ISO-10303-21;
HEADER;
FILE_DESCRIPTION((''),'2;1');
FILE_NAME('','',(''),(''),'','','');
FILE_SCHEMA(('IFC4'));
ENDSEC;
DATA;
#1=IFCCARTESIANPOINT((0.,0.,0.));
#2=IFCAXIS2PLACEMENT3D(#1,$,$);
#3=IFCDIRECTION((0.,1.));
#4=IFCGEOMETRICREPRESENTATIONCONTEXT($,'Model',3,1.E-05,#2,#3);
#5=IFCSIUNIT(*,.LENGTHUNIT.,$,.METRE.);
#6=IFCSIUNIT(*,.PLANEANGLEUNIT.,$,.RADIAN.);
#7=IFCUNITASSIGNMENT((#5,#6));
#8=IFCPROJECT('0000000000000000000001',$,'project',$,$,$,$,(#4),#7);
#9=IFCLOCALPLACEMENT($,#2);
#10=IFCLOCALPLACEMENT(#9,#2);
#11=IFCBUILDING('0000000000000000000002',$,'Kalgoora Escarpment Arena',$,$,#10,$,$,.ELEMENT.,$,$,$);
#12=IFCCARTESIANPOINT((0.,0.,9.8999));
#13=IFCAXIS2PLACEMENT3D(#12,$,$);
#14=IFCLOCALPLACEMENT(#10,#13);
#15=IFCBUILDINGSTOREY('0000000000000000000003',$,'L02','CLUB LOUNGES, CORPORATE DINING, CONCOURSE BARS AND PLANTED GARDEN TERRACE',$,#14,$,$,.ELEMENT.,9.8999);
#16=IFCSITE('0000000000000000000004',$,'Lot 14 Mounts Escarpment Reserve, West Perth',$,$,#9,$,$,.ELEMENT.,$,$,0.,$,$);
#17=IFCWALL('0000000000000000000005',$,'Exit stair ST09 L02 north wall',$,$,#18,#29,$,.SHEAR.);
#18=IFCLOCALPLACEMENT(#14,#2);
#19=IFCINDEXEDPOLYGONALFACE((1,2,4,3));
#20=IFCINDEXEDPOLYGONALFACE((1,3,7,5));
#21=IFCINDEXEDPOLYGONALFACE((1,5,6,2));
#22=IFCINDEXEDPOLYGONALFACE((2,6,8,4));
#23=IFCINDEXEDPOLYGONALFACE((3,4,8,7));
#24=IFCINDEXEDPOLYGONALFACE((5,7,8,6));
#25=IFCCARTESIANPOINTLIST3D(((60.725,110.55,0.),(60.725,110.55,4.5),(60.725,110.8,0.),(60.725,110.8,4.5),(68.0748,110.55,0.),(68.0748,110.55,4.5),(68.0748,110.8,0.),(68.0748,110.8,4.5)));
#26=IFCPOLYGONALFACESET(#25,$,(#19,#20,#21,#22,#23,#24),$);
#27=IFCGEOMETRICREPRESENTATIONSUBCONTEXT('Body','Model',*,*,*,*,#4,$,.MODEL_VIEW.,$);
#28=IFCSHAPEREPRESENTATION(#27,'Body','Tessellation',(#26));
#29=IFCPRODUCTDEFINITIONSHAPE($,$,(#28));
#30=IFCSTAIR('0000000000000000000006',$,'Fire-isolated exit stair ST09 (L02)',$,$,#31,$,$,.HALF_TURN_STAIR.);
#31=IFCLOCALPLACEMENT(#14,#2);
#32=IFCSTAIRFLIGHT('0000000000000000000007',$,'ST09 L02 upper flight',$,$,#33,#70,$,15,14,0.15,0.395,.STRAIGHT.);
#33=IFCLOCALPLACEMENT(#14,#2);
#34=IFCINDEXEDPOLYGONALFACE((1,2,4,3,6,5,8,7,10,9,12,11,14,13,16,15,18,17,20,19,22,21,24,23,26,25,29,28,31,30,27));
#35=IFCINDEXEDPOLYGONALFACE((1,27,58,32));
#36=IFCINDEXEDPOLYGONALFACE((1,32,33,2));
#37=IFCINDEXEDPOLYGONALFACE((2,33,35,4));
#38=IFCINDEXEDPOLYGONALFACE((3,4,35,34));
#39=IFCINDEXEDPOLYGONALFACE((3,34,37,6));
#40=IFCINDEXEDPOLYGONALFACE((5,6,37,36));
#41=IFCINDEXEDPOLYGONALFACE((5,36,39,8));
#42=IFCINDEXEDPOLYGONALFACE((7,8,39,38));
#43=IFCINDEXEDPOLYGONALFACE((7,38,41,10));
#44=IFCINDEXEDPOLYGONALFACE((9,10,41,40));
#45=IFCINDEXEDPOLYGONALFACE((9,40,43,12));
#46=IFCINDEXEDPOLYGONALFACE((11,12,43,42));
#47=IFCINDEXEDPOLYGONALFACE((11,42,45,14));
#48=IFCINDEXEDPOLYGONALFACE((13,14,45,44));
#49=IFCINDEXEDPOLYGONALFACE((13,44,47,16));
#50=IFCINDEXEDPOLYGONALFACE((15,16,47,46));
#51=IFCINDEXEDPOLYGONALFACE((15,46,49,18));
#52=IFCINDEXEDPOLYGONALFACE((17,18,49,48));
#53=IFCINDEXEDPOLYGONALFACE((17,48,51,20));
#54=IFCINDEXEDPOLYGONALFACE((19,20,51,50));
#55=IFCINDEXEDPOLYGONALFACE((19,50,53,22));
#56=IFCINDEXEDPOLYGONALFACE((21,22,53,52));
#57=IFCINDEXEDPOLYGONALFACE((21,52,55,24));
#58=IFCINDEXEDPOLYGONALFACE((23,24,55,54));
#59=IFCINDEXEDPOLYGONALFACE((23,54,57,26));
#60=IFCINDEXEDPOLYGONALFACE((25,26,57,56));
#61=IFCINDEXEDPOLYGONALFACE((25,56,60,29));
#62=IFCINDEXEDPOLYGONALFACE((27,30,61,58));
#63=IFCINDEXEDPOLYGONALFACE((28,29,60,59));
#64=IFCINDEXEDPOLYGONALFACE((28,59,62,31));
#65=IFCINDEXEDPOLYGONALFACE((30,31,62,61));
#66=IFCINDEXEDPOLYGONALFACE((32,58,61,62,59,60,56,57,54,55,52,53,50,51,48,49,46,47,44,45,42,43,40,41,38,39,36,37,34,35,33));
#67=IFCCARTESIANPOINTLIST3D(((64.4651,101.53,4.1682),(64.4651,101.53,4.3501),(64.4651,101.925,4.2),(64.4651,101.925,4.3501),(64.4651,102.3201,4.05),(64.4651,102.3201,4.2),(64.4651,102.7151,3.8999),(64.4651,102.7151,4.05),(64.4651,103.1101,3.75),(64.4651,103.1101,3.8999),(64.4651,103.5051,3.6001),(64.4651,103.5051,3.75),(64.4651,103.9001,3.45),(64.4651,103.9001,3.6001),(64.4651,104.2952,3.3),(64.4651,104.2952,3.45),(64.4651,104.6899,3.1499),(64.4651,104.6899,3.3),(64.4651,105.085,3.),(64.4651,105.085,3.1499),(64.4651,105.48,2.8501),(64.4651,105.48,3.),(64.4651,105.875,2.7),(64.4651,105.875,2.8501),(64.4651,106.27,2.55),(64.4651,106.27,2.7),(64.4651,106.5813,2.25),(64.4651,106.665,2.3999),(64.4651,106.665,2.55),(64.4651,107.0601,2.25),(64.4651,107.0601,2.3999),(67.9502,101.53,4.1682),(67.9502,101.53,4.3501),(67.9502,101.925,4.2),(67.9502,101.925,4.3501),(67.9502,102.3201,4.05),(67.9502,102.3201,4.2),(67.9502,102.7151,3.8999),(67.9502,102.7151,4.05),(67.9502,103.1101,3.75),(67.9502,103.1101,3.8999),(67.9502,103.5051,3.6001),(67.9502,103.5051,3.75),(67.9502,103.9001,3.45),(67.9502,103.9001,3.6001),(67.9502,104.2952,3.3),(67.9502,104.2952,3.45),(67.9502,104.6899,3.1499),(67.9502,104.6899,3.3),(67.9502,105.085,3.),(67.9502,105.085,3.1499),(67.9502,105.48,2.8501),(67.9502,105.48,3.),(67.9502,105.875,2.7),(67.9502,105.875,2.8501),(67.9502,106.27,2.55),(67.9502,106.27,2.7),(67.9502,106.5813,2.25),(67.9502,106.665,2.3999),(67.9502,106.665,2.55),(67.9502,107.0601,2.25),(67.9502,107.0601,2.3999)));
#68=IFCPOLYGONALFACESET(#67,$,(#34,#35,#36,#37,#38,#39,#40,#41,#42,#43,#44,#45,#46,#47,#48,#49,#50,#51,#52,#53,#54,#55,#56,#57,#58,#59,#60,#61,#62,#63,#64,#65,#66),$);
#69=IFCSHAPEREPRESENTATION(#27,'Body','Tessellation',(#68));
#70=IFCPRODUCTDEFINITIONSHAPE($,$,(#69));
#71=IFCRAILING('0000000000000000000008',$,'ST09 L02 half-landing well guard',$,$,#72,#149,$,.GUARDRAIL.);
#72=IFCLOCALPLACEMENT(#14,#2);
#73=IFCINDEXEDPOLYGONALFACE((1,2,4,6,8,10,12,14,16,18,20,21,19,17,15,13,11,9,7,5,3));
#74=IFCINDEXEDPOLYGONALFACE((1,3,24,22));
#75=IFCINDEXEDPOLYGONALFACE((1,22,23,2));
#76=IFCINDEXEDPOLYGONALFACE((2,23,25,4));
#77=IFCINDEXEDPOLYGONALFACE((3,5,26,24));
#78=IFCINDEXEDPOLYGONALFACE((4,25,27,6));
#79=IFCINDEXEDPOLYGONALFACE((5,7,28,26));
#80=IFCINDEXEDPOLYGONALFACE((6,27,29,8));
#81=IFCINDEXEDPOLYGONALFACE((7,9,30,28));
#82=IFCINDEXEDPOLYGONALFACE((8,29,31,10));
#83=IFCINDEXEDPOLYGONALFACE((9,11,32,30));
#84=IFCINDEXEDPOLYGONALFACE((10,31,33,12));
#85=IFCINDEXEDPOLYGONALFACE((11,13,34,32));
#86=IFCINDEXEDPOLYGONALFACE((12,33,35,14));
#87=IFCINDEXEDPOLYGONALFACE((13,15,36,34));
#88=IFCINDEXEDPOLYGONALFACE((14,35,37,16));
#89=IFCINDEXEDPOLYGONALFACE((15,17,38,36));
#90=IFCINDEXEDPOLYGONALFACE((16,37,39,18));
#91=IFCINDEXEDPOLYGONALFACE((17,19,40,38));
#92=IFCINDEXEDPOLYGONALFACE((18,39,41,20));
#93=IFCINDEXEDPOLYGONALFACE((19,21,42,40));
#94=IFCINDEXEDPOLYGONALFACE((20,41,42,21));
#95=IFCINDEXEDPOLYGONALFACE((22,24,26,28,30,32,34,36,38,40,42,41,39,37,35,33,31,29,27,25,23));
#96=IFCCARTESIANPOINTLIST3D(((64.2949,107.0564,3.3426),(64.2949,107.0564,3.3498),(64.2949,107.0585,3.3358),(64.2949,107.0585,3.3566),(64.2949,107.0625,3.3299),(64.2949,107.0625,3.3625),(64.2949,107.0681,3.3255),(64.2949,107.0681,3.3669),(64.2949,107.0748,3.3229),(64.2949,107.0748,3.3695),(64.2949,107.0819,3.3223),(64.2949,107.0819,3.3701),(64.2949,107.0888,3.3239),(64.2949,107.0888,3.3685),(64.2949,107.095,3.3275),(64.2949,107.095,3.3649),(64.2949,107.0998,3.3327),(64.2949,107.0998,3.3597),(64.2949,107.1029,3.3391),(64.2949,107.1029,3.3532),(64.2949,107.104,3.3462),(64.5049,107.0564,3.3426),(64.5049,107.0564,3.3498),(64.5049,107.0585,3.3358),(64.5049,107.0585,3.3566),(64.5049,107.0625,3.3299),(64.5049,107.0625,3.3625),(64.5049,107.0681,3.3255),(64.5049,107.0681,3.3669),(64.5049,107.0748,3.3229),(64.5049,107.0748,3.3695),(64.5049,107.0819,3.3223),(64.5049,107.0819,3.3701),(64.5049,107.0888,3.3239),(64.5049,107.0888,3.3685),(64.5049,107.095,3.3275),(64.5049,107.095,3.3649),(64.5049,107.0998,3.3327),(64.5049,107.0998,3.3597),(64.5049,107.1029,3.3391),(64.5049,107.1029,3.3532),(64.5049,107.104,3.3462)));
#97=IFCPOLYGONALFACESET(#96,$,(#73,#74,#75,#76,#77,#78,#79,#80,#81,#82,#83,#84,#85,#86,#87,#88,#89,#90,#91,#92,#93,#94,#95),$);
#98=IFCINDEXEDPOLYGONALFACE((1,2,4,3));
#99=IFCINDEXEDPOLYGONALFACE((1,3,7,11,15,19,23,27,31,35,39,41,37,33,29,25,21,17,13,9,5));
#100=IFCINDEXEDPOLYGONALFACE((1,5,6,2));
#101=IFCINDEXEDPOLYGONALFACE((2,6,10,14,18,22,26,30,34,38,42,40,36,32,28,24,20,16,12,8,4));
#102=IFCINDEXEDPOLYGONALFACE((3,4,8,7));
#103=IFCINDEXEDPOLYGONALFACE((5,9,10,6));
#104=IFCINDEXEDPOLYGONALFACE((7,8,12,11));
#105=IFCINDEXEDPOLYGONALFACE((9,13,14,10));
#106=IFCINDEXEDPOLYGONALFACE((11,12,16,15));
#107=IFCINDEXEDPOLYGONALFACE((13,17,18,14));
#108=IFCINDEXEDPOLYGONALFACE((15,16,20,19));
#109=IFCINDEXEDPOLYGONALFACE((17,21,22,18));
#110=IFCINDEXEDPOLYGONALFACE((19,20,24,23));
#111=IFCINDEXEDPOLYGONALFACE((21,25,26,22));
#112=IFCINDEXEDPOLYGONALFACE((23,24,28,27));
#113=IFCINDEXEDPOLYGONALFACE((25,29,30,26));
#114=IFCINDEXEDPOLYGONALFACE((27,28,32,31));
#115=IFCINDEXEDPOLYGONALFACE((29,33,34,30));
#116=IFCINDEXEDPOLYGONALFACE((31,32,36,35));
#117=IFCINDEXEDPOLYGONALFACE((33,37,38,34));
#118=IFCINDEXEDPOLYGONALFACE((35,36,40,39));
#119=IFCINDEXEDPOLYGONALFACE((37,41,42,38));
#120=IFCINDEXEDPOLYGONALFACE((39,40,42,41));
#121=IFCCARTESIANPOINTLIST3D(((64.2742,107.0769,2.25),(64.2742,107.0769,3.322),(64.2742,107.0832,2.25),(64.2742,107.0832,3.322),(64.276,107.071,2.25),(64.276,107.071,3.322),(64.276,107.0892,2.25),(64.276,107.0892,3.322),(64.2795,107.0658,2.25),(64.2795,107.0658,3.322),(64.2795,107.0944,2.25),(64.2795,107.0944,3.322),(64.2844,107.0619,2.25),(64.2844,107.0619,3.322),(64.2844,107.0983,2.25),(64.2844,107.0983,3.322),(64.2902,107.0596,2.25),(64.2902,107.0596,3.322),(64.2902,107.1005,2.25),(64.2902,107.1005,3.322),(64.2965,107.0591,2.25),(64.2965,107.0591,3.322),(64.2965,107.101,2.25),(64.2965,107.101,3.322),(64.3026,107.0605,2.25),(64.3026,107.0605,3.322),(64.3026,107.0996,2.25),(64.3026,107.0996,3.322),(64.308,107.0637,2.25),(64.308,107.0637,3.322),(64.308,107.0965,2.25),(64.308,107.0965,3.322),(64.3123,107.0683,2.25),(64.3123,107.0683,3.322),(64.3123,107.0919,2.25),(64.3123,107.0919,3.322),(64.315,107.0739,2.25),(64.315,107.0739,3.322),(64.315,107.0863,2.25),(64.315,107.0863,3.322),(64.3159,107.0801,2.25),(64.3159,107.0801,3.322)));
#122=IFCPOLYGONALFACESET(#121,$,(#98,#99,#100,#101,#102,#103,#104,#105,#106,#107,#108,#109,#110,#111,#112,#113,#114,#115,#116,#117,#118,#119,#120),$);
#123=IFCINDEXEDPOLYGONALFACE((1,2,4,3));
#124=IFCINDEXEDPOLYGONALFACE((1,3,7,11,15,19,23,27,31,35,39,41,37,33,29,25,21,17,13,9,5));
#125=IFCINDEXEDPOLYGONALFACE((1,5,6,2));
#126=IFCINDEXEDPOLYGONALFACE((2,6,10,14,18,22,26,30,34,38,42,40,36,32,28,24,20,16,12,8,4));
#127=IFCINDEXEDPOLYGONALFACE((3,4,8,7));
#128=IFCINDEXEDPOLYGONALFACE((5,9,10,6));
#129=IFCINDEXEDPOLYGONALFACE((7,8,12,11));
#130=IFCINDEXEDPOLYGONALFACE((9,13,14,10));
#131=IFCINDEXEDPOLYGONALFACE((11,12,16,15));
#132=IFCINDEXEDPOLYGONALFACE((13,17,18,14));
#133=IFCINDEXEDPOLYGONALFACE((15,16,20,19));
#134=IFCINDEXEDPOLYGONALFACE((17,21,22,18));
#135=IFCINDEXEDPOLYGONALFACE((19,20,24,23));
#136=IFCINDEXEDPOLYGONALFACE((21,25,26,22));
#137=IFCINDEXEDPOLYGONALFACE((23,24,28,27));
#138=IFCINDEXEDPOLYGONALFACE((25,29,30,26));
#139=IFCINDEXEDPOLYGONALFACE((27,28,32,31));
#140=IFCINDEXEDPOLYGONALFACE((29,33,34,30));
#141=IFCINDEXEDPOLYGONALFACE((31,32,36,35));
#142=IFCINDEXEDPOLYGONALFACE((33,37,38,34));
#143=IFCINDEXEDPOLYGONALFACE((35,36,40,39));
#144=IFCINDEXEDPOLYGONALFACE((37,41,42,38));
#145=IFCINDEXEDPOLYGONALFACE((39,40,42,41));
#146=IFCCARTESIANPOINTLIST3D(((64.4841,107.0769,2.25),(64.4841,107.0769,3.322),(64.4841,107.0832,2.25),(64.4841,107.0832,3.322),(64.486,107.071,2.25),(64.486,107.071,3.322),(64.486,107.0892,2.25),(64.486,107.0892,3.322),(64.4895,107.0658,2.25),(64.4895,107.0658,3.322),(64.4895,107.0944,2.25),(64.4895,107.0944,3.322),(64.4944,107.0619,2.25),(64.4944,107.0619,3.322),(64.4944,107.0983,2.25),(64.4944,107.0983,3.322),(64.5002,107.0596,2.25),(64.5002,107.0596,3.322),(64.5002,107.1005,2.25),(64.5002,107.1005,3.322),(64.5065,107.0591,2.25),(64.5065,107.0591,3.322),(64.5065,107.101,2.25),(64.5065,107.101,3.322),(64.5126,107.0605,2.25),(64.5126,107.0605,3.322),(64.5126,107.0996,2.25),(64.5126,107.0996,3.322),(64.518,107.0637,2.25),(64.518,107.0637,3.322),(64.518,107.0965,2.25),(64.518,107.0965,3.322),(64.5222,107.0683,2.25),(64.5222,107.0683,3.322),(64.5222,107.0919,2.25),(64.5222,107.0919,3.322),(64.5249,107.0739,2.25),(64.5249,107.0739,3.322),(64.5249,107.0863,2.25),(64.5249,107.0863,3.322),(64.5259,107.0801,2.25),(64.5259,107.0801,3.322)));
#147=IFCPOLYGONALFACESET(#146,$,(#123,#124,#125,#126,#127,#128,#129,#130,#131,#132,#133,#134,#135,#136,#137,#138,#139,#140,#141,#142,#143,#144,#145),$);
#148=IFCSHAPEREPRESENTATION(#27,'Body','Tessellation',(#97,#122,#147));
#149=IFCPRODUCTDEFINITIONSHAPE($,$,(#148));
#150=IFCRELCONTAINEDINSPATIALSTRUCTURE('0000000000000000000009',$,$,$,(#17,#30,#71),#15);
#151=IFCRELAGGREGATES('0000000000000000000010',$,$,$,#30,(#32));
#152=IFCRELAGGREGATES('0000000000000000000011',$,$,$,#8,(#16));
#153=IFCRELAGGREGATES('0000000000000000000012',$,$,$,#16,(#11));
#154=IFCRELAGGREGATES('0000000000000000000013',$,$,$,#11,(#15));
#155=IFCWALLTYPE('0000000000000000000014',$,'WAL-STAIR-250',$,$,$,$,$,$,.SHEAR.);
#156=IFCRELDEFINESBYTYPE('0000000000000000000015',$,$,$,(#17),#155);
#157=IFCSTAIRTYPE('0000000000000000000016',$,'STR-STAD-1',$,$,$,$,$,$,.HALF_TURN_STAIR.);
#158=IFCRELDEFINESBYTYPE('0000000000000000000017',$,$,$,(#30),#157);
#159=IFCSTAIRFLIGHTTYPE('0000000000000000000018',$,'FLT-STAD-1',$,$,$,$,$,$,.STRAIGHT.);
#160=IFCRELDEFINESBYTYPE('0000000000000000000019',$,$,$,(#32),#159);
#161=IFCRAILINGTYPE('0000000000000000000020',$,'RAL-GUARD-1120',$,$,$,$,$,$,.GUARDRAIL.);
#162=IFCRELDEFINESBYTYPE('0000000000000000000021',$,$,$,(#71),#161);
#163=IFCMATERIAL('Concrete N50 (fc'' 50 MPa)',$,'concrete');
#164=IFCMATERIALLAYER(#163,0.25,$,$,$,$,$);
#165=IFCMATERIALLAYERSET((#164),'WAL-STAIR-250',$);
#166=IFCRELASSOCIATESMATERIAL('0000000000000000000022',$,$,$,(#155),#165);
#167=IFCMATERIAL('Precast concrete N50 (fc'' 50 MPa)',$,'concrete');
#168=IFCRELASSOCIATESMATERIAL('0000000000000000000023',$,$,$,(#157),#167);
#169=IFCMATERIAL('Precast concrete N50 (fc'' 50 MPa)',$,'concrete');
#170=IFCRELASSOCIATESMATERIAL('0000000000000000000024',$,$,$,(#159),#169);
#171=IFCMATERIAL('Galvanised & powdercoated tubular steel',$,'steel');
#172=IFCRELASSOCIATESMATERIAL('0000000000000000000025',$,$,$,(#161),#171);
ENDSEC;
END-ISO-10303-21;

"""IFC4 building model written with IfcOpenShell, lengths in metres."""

from ifc_helpers import new_model, si_unit, direction, frame, frame_2d, origin, origin_2d, place, context, subcontext, project, spatial, polyline, rectangle, circle, outline, extrude, material, layer, layer_set, type_object, element, aggregate, save


model = new_model("IFC4")

# Units and contexts
model_context = context("Model", 3, precision=1e-05, world=origin(), true_north=direction((0.0, 1.0)))
body_context = subcontext(model_context, "Body", "Model", "MODEL_VIEW")
ifc_project = project(units=[si_unit("LENGTHUNIT", "METRE"), si_unit("PLANEANGLEUNIT", "RADIAN")], contexts=[model_context])

# Site, building, storey
site_placement = place(None, origin())
site = spatial("IfcSite", under=ifc_project, at=site_placement, Name="Lot 14 Mounts Escarpment Reserve, West Perth", CompositionType="ELEMENT", RefElevation=0.0)
building_placement = place(site_placement, origin())
building = spatial("IfcBuilding", under=site, at=building_placement, Name="Kalgoora Escarpment Arena", CompositionType="ELEMENT")
storey_placement = place(building_placement, frame((0.0, 0.0, 9.8999)))
storey = spatial("IfcBuildingStorey", under=building, at=storey_placement, Name="L02", Description="CLUB LOUNGES, CORPORATE DINING, CONCOURSE BARS AND PLANTED GARDEN TERRACE", CompositionType="ELEMENT", Elevation=9.8999)

# Wall
ifc_material_1 = material(Name="Concrete N50 (fc' 50 MPa)", Category="concrete")
ifc_layer_1 = layer(ifc_material_1, 0.25)
ifc_layer_set_1 = layer_set([ifc_layer_1], Name="WAL-STAIR-250")
wall_type_1 = type_object("IfcWallType", Name="WAL-STAIR-250", PredefinedType="SHEAR", material=ifc_layer_set_1)
wall_1_placement = place(storey_placement, frame((60.7251, 110.675, 0.0), z_axis=(0.0, 0.0, 1.0), x_axis=(1.0, 0.0, 0.0)))
element("IfcWall", 1, at=wall_1_placement, inside=storey, type_object=wall_type_1, Name="Exit stair ST09 L02 north wall", PredefinedType="SHEAR", context=body_context, shape_type="SweptSolid", body=[
    extrude(rectangle(XDim=7.3499, YDim=0.25, at=frame_2d((3.6748, 0.0))), origin(), (0.0, 0.0, 1.0), 4.5),
])

# Stair, stair flight
ifc_material_2 = material(Name="Precast concrete N50 (fc' 50 MPa)", Category="concrete")
stair_type = type_object("IfcStairType", Name="STR-STAD-1", PredefinedType="HALF_TURN_STAIR", material=ifc_material_2)
stair_placement = place(storey_placement, origin())
stair = element("IfcStair", 2, at=stair_placement, inside=storey, type_object=stair_type, Name="Fire-isolated exit stair ST09 (L02)", PredefinedType="HALF_TURN_STAIR")
ifc_material_3 = material(Name="Precast concrete N50 (fc' 50 MPa)", Category="concrete")
stair_flight_type = type_object("IfcStairFlightType", Name="FLT-STAD-1", PredefinedType="STRAIGHT", material=ifc_material_3)
stair_flight_placement = place(storey_placement, frame((66.2075, 107.0601, 2.25), z_axis=(0.0, 0.0, 1.0), x_axis=(0.0, -1.0, 0.0)))
stair_flight = element("IfcStairFlight", 3, at=stair_flight_placement, type_object=stair_flight_type, Name="ST09 L02 upper flight", NumberOfRisers=15, NumberOfTreads=14, PredefinedType="STRAIGHT", RiserHeight=0.15, TreadLength=0.395, context=body_context, shape_type="SweptSolid", body=[
    extrude(outline(polyline([(0.0, 0.0), (0.0, 0.1499), (0.395, 0.1499), (0.395, 0.3), (0.79, 0.3), (0.79, 0.45), (1.1851, 0.45), (1.1851, 0.6001), (1.5801, 0.6001), (1.5801, 0.75), (1.9751, 0.75), (1.9751, 0.8999), (2.3701, 0.8999), (2.3701, 1.05), (2.7649, 1.05), (2.7649, 1.2), (3.1599, 1.2), (3.1599, 1.3501), (3.5549, 1.3501), (3.5549, 1.5), (3.95, 1.5), (3.95, 1.6499), (4.345, 1.6499), (4.345, 1.8), (4.74, 1.8), (4.74, 1.95), (5.135, 1.95), (5.135, 2.1001), (5.53, 2.1001), (5.53, 2.25), (5.53, 1.9182), (0.4788, 0.0), (0.0, 0.0)])), frame((0.0, 1.7427, 0.0), z_axis=(0.0, -1.0, 0.0), x_axis=(1.0, 0.0, 0.0)), (0.0, 0.0, 1.0), 3.4851),
])
aggregate(stair, [stair_flight])

# Railing
ifc_material_4 = material(Name="Galvanised & powdercoated tubular steel", Category="steel")
railing_type_1 = type_object("IfcRailingType", Name="RAL-GUARD-1120", PredefinedType="GUARDRAIL", material=ifc_material_4)
railing_1_placement = place(storey_placement, frame((64.2949, 107.0801, 2.25)))
element("IfcRailing", 4, at=railing_1_placement, inside=storey, type_object=railing_type_1, Name="ST09 L02 half-landing well guard", PredefinedType="GUARDRAIL", context=body_context, shape_type="SweptSolid", body=[
    extrude(circle(Radius=0.0239, at=origin_2d()), frame((0.0, 0.0, 1.0962), z_axis=(1.0, 0.0, 0.0), x_axis=(0.0, 1.0, 0.0)), (0.0, 0.0, 1.0), 0.21),
    extrude(circle(Radius=0.021, at=origin_2d()), origin(), (0.0, 0.0, 1.0), 1.072),
    extrude(circle(Radius=0.021, at=origin_2d()), frame((0.21, 0.0, 0.0)), (0.0, 0.0, 1.0), 1.072),
])

save(model, "model.ifc")
